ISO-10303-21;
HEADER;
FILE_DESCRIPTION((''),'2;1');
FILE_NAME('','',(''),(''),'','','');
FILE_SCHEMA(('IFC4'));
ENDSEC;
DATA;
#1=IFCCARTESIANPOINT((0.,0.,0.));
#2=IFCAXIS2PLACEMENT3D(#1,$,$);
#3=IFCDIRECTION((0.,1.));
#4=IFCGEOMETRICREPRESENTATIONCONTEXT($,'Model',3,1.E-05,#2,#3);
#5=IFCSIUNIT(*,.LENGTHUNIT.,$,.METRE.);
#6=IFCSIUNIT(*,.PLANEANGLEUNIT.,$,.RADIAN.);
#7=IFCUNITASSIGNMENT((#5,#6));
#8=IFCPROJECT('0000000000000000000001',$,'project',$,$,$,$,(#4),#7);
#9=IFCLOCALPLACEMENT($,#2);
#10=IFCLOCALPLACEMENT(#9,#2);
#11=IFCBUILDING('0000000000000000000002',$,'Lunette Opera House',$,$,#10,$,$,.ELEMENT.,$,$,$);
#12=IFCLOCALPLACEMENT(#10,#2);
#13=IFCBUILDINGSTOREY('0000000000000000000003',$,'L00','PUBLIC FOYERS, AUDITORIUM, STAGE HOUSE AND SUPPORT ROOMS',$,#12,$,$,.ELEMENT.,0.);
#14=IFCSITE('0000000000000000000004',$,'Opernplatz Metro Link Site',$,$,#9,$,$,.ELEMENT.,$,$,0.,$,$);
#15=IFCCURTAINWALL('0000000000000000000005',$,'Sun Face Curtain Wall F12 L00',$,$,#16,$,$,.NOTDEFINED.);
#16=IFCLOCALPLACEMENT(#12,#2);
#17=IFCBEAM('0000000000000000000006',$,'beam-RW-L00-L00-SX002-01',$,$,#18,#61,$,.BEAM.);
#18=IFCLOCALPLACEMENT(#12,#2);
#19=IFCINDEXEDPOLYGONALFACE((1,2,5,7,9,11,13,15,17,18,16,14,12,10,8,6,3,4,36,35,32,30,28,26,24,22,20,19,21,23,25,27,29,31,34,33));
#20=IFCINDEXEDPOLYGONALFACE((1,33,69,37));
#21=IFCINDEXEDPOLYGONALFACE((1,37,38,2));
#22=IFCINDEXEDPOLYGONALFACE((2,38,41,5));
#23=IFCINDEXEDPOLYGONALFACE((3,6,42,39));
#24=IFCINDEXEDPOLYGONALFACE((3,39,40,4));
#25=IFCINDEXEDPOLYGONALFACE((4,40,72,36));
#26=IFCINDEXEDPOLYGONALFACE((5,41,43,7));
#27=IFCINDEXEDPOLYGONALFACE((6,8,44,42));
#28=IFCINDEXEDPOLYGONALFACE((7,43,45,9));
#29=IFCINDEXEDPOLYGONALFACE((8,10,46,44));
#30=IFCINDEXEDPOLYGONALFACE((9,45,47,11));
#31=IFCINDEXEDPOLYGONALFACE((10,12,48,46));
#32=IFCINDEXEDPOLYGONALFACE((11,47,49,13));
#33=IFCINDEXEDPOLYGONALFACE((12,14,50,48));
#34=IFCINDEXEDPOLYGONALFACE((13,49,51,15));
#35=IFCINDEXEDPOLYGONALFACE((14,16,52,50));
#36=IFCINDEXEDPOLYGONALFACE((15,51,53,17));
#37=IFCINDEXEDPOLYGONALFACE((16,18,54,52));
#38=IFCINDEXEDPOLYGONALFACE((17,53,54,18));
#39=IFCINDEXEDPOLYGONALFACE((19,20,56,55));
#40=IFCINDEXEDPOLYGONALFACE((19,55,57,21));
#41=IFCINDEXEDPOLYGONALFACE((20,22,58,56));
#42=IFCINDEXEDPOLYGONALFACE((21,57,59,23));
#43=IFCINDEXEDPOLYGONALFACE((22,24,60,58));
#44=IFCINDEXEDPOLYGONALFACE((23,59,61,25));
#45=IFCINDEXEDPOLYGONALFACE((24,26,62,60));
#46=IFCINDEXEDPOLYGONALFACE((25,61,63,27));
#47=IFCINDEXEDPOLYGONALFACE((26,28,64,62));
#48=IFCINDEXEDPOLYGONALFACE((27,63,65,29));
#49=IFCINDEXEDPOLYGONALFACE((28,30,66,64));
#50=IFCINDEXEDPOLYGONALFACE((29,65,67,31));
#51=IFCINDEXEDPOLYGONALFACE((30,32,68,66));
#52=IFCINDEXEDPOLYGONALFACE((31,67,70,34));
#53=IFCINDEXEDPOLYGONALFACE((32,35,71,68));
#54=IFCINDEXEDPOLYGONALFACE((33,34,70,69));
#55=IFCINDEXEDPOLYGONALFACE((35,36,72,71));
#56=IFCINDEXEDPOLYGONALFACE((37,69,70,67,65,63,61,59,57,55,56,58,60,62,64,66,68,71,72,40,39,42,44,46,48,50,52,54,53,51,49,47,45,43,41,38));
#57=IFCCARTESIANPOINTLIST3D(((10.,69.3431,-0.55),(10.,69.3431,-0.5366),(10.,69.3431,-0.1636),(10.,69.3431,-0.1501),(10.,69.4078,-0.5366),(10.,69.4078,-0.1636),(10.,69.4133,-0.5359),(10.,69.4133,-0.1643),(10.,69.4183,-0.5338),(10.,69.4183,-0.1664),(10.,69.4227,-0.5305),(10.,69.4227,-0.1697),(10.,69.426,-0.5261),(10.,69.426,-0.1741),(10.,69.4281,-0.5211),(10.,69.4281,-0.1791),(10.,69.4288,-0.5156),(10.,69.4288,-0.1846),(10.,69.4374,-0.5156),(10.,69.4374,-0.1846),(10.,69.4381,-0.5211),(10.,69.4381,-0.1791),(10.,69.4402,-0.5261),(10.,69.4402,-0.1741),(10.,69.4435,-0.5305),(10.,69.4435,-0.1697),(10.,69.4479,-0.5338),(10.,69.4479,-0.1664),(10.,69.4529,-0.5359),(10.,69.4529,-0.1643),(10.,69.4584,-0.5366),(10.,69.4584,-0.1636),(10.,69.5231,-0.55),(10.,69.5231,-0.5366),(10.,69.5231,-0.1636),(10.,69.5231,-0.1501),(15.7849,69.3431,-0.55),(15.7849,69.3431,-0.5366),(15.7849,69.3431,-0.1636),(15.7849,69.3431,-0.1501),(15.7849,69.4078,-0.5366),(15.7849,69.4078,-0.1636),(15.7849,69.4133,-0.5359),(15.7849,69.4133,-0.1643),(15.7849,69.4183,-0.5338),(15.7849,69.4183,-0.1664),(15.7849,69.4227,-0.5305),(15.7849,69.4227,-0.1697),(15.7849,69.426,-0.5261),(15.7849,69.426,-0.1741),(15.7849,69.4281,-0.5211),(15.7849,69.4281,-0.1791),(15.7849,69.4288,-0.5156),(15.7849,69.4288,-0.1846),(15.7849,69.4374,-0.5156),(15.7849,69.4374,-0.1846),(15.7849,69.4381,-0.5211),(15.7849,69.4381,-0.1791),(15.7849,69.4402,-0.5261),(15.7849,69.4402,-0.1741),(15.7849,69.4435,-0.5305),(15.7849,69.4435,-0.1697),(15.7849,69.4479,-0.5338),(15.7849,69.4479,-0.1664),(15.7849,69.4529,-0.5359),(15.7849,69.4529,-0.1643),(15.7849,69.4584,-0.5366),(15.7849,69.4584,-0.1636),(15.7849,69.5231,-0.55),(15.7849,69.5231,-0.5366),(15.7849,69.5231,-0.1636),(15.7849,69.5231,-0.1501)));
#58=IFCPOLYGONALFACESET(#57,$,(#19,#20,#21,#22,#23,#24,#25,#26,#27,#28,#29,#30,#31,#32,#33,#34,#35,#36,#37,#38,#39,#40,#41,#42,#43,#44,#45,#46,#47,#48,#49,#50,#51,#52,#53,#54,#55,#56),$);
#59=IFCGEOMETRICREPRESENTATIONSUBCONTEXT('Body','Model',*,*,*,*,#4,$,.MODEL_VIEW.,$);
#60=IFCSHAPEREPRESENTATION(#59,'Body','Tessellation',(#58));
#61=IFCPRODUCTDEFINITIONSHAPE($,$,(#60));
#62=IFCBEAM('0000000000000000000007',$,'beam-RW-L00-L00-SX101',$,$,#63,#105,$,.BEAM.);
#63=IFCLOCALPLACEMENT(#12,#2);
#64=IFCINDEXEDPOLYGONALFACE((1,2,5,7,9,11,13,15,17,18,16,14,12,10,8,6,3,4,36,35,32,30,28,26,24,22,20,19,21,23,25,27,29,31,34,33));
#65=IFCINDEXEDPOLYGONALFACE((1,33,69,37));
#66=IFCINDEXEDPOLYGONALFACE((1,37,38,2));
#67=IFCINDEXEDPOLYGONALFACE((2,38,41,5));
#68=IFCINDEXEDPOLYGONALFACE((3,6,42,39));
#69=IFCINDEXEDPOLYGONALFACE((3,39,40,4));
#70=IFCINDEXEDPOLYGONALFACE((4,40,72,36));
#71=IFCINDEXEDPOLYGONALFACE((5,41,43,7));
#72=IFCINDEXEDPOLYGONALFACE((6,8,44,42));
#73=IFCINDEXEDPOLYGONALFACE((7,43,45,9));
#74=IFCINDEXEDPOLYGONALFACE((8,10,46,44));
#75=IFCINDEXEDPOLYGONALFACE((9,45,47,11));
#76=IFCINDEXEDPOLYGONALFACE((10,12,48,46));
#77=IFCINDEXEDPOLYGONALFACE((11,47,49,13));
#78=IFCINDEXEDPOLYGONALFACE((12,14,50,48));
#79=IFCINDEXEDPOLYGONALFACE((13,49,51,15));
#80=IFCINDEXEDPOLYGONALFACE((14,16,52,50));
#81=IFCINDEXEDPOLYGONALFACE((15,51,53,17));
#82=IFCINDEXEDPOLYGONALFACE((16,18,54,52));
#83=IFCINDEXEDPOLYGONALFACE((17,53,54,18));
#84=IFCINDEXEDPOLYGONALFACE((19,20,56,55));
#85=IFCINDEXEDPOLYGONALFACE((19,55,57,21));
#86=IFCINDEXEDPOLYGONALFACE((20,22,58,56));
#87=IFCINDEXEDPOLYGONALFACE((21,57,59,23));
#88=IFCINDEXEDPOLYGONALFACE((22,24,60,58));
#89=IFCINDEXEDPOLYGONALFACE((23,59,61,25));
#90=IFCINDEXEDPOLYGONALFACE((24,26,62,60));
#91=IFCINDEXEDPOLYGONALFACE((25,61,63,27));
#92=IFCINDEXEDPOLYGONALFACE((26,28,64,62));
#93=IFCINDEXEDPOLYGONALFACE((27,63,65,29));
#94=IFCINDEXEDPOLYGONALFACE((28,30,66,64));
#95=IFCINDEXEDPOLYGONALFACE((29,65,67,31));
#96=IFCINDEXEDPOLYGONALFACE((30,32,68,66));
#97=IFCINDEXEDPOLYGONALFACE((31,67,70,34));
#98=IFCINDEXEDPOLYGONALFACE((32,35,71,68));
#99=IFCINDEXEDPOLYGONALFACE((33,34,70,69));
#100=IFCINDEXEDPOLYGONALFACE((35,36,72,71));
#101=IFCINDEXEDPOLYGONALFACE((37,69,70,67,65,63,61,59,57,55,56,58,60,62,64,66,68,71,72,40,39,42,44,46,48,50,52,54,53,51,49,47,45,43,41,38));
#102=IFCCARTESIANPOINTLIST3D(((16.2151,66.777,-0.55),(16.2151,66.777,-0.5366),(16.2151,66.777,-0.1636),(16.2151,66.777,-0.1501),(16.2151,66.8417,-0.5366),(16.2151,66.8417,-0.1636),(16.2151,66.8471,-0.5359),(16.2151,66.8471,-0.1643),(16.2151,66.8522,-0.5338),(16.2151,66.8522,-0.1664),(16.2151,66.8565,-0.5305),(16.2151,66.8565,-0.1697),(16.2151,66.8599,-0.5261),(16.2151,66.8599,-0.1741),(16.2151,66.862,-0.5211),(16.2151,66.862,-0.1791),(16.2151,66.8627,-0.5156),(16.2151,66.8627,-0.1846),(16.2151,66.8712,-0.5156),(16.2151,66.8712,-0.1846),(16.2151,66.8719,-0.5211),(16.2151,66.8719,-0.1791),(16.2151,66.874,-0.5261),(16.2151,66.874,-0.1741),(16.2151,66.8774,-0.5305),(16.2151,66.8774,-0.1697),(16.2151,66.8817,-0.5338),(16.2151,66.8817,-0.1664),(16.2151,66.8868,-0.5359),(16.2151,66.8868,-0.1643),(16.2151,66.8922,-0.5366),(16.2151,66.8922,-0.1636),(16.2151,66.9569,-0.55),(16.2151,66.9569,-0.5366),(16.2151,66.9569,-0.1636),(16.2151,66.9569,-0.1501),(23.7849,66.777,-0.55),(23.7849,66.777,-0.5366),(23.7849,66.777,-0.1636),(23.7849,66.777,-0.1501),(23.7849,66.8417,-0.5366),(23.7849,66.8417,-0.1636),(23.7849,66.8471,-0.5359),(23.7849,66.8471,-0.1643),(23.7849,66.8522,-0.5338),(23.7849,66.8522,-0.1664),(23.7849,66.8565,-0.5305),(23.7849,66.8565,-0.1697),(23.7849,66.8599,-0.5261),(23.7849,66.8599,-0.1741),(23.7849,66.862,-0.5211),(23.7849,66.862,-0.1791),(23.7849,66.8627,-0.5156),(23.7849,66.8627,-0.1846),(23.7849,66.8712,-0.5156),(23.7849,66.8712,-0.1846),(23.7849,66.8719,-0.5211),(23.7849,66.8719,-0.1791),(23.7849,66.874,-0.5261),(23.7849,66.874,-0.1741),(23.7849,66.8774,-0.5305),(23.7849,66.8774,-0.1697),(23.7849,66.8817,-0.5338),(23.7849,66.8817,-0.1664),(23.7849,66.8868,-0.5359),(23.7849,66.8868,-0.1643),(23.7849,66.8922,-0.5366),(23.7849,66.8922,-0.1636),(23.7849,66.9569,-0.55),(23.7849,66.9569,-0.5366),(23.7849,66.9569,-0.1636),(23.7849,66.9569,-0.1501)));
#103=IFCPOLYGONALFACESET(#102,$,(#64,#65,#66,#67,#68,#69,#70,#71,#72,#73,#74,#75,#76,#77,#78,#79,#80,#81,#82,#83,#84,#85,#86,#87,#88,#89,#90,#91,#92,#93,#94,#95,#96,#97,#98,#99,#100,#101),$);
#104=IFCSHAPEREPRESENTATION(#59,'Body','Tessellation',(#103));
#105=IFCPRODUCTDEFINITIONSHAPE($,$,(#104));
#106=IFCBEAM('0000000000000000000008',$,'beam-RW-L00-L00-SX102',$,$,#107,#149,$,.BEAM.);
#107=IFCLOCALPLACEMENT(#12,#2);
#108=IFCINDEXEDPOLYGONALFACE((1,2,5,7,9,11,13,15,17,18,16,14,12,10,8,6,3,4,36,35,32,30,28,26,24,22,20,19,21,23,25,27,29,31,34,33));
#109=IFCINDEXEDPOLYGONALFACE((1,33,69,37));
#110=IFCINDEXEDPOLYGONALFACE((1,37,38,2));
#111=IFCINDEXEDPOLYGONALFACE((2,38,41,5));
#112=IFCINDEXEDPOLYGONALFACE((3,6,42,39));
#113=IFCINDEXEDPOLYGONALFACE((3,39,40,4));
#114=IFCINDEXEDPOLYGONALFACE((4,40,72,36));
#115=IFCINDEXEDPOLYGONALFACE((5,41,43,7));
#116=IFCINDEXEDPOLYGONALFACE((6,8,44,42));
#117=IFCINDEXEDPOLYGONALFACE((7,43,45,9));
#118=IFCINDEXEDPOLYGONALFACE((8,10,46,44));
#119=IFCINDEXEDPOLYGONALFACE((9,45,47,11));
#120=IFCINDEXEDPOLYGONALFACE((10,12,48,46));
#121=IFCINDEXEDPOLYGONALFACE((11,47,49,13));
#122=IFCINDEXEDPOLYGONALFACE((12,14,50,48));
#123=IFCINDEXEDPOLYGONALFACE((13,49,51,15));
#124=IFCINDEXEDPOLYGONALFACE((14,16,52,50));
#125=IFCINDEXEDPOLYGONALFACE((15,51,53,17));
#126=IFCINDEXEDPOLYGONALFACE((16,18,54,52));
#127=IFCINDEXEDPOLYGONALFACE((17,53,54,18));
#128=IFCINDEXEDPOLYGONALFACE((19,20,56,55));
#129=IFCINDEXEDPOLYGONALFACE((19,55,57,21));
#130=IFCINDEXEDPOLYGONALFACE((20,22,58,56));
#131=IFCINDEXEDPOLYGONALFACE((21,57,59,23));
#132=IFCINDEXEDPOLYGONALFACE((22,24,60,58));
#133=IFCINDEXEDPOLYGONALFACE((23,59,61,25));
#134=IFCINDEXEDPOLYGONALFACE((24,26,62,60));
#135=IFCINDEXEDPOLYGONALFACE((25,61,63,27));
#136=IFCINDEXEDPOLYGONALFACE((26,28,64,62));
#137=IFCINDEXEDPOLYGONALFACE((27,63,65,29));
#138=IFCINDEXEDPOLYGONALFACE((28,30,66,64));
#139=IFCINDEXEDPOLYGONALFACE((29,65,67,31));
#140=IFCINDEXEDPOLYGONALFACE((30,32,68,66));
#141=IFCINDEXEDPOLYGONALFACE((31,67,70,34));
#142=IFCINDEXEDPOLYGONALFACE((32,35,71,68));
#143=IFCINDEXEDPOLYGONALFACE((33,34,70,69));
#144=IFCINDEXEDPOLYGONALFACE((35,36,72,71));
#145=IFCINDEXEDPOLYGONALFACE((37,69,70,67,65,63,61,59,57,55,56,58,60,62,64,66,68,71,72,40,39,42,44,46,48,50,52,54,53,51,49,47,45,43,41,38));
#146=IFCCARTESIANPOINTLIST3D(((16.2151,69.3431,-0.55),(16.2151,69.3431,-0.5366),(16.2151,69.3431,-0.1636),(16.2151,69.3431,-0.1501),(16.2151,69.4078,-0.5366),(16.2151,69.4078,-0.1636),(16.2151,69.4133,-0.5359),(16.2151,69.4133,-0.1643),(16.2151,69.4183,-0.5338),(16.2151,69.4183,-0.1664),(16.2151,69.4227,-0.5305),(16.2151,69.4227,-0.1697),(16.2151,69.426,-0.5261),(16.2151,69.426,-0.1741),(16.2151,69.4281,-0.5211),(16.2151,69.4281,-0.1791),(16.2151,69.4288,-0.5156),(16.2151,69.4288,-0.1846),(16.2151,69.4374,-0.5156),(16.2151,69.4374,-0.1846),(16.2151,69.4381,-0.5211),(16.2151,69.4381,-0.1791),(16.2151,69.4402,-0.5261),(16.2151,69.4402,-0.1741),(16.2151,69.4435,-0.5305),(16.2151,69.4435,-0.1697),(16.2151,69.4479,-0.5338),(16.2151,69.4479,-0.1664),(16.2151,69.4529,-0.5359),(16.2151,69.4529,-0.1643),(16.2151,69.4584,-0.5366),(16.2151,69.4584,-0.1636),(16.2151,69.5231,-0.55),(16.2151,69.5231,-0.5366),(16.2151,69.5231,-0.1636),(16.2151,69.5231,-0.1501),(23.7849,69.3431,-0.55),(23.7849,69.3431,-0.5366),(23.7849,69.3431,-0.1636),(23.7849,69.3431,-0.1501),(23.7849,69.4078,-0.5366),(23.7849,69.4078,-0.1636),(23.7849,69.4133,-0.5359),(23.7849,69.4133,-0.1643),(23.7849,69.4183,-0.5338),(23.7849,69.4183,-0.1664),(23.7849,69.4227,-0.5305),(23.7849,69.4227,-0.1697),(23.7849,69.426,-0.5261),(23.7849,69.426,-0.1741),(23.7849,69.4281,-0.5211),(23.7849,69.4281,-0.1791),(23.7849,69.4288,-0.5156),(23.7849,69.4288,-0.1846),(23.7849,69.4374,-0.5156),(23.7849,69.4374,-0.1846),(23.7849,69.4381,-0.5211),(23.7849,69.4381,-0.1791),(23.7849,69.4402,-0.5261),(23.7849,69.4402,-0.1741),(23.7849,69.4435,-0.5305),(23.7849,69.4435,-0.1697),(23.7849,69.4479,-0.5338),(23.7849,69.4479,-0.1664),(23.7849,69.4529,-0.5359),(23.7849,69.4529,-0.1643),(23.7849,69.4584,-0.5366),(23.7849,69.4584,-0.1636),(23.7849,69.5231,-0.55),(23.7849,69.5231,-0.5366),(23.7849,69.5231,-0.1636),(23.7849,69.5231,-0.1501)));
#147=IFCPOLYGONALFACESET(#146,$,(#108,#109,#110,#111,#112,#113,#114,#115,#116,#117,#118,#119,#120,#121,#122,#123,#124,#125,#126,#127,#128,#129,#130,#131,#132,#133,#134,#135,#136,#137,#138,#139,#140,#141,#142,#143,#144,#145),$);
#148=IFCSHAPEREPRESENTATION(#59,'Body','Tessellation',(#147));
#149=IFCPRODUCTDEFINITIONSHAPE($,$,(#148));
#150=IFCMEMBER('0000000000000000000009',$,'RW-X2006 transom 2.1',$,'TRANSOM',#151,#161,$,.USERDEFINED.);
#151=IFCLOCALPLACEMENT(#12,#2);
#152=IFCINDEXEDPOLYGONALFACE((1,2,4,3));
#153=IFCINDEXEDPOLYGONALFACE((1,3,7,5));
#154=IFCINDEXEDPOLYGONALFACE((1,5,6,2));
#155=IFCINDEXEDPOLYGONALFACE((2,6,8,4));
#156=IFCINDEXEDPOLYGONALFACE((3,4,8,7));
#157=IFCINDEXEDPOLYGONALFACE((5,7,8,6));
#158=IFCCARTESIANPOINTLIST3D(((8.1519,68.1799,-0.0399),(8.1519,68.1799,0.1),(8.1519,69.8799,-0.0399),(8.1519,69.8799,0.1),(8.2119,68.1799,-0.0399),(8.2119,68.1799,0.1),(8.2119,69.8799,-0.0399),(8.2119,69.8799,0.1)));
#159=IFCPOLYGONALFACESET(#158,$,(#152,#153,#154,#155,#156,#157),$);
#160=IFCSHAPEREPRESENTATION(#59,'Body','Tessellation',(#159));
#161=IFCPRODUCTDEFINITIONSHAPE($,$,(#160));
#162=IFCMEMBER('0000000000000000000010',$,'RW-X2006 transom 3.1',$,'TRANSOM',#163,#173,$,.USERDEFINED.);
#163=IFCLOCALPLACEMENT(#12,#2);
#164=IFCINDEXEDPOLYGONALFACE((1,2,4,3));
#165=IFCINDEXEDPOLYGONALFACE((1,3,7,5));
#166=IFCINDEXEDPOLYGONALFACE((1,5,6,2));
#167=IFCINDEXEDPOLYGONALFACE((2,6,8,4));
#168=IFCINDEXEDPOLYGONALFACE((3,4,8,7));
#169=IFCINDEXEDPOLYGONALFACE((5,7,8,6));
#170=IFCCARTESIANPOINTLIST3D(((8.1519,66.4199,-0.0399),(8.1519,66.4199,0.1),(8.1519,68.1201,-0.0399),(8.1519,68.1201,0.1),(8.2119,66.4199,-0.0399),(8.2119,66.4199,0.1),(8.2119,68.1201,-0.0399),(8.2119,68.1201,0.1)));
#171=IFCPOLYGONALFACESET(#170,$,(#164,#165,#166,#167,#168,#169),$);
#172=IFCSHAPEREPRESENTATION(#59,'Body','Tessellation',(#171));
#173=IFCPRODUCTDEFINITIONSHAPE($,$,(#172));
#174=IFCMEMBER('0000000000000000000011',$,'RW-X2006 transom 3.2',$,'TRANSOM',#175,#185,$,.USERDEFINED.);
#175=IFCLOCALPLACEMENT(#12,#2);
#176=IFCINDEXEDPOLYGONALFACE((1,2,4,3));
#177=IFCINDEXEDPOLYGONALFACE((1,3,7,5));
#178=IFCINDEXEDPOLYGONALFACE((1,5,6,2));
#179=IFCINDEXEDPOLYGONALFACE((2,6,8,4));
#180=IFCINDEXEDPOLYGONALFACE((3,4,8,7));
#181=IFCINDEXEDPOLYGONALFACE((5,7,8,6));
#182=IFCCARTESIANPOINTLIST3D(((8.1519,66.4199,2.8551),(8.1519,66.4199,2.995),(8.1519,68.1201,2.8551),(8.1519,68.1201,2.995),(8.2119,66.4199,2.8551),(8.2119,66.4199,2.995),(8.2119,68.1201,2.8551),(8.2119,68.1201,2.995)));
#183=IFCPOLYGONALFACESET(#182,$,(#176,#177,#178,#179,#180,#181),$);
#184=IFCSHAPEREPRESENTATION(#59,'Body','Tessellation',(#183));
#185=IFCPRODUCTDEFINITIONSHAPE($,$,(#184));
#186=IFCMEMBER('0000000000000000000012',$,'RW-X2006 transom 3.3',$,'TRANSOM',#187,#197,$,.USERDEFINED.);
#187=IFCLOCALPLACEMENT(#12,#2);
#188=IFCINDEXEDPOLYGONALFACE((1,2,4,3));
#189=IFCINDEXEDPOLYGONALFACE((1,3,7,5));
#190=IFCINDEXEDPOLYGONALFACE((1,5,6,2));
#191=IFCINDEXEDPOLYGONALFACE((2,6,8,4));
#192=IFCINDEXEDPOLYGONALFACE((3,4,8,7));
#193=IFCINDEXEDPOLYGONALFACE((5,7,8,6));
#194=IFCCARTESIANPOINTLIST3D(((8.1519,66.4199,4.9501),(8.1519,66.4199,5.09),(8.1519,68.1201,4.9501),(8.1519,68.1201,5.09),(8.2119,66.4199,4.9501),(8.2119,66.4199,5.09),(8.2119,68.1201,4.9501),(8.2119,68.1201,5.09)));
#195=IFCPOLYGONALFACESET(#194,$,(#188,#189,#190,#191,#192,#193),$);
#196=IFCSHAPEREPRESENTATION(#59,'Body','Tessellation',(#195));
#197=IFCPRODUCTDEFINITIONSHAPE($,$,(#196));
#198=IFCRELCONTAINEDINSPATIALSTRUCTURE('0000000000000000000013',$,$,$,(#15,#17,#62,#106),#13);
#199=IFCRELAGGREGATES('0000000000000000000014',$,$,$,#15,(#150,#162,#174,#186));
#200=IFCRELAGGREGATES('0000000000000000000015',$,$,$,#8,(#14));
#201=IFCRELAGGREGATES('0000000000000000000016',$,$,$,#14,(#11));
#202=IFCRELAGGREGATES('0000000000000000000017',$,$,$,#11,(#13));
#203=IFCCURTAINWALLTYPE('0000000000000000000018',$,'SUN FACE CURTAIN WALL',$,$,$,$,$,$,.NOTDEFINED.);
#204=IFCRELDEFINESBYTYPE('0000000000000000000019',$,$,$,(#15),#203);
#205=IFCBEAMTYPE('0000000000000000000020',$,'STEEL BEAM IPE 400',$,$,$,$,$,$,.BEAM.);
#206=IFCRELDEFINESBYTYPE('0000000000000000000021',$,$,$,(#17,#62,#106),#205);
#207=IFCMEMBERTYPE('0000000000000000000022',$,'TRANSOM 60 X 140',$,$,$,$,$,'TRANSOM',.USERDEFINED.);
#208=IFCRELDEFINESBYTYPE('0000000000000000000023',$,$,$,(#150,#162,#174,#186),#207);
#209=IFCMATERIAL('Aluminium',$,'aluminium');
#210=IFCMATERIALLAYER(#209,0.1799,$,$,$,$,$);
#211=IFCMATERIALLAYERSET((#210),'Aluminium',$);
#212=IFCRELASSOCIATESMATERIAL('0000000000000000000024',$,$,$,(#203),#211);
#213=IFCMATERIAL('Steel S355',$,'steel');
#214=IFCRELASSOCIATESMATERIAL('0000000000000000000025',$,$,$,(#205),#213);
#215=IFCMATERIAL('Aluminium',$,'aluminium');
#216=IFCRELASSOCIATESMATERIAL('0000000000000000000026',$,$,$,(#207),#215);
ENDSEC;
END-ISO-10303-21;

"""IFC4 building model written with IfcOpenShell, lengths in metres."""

from ifc_helpers import new_model, si_unit, direction, frame, origin, origin_2d, place, context, subcontext, project, spatial, rectangle, i_section, extrude, material, layer, layer_set, material_profile, profile_set, type_object, element, aggregate, save


model = new_model("IFC4")

# Units and contexts
model_context = context("Model", 3, precision=1e-05, world=origin(), true_north=direction((0.0, 1.0)))
body_context = subcontext(model_context, "Body", "Model", "MODEL_VIEW")
ifc_project = project(units=[si_unit("LENGTHUNIT", "METRE"), si_unit("PLANEANGLEUNIT", "RADIAN")], contexts=[model_context])

# Site, building, storey
site_placement = place(None, origin())
site = spatial("IfcSite", under=ifc_project, at=site_placement, Name="Opernplatz Metro Link Site", CompositionType="ELEMENT", RefElevation=0.0)
building_placement = place(site_placement, origin())
building = spatial("IfcBuilding", under=site, at=building_placement, Name="Lunette Opera House", CompositionType="ELEMENT")
storey_placement = place(building_placement, origin())
storey = spatial("IfcBuildingStorey", under=building, at=storey_placement, Name="L00", Description="PUBLIC FOYERS, AUDITORIUM, STAGE HOUSE AND SUPPORT ROOMS", CompositionType="ELEMENT", Elevation=0.0)

# Curtain wall
ifc_material_1 = material(Name="Aluminium", Category="aluminium")
ifc_layer_1 = layer(ifc_material_1, 0.1799)
ifc_layer_set_1 = layer_set([ifc_layer_1], Name="Aluminium")
curtain_wall_type = type_object("IfcCurtainWallType", Name="SUN FACE CURTAIN WALL", PredefinedType="NOTDEFINED", material=ifc_layer_set_1)
curtain_wall_placement = place(storey_placement, origin())
curtain_wall = element("IfcCurtainWall", 1, at=curtain_wall_placement, inside=storey, type_object=curtain_wall_type, Name="Sun Face Curtain Wall F12 L00", PredefinedType="NOTDEFINED")

# Beams
ifc_material_2 = material(Name="Steel S355", Category="steel")
ifc_material_profile_1 = material_profile(ifc_material_2, i_section(OverallWidth=0.1799, OverallDepth=0.3999, WebThickness=0.0085, FlangeThickness=0.0134, FilletRadius=0.021, at=origin_2d()), Name="IPE 400")
ifc_profile_set_1 = profile_set([ifc_material_profile_1], Name="Steel S355")
beam_type_1 = type_object("IfcBeamType", Name="STEEL BEAM IPE 400", PredefinedType="BEAM", material=ifc_profile_set_1)
for number, where, z_axis, x_axis, name in (
    (2, (10.0, 69.4331, -0.3501), (1.0, 0.0, 0.0), (0.0, 1.0, 0.0), "beam-RW-L00-L00-SX002-01"),
):
    element("IfcBeam", number, at=place(storey_placement, frame(where, z_axis=z_axis, x_axis=x_axis)), inside=storey, type_object=beam_type_1, Name=name, PredefinedType="BEAM", context=body_context, shape_type="SweptSolid", body=[
        extrude(i_section(OverallWidth=0.1799, OverallDepth=0.3999, WebThickness=0.0085, FlangeThickness=0.0134, FilletRadius=0.021, at=origin_2d()), origin(), (0.0, 0.0, 1.0), 5.7849),
    ])
for number, where, z_axis, x_axis, name in (
    (3, (16.2151, 66.8669, -0.3501), (1.0, 0.0, 0.0), (0.0, 1.0, 0.0), "beam-RW-L00-L00-SX101"),
    (4, (16.2151, 69.4331, -0.3501), (1.0, 0.0, 0.0), (0.0, 1.0, 0.0), "beam-RW-L00-L00-SX102"),
):
    element("IfcBeam", number, at=place(storey_placement, frame(where, z_axis=z_axis, x_axis=x_axis)), inside=storey, type_object=beam_type_1, Name=name, PredefinedType="BEAM", context=body_context, shape_type="SweptSolid", body=[
        extrude(i_section(OverallWidth=0.1799, OverallDepth=0.3999, WebThickness=0.0085, FlangeThickness=0.0134, FilletRadius=0.021, at=origin_2d()), origin(), (0.0, 0.0, 1.0), 7.5698),
    ])

# Members
ifc_material_3 = material(Name="Aluminium", Category="aluminium")
ifc_material_profile_2 = material_profile(ifc_material_3, rectangle(XDim=0.0601, YDim=0.1399, at=origin_2d()), Name="TRANSOM 60 X 140")
ifc_profile_set_2 = profile_set([ifc_material_profile_2], Name="Aluminium")
member_type_1 = type_object("IfcMemberType", Name="TRANSOM 60 X 140", ElementType="TRANSOM", PredefinedType="USERDEFINED", material=ifc_profile_set_2)
member_1_placement = place(storey_placement, frame((8.1819, 69.8799, 0.03), z_axis=(0.0, -1.0, 0.0), x_axis=(1.0, 0.0, 0.0)))
member_1 = element("IfcMember", 5, at=member_1_placement, type_object=member_type_1, Name="RW-X2006 transom 2.1", ObjectType="TRANSOM", PredefinedType="USERDEFINED", context=body_context, shape_type="SweptSolid", body=[
    extrude(rectangle(XDim=0.0601, YDim=0.1399, at=origin_2d()), origin(), (0.0, 0.0, 1.0), 1.7),
])
member_2_placement = place(storey_placement, frame((8.1819, 68.1201, 0.03), z_axis=(0.0, -1.0, 0.0), x_axis=(1.0, 0.0, 0.0)))
member_2 = element("IfcMember", 6, at=member_2_placement, type_object=member_type_1, Name="RW-X2006 transom 3.1", ObjectType="TRANSOM", PredefinedType="USERDEFINED", context=body_context, shape_type="SweptSolid", body=[
    extrude(rectangle(XDim=0.0601, YDim=0.1399, at=origin_2d()), origin(), (0.0, 0.0, 1.0), 1.7002),
])
member_3_placement = place(storey_placement, frame((8.1819, 68.1201, 2.925), z_axis=(0.0, -1.0, 0.0), x_axis=(1.0, 0.0, 0.0)))
member_3 = element("IfcMember", 7, at=member_3_placement, type_object=member_type_1, Name="RW-X2006 transom 3.2", ObjectType="TRANSOM", PredefinedType="USERDEFINED", context=body_context, shape_type="SweptSolid", body=[
    extrude(rectangle(XDim=0.0601, YDim=0.1399, at=origin_2d()), origin(), (0.0, 0.0, 1.0), 1.7002),
])
member_4_placement = place(storey_placement, frame((8.1819, 68.1201, 5.02), z_axis=(0.0, -1.0, 0.0), x_axis=(1.0, 0.0, 0.0)))
member_4 = element("IfcMember", 8, at=member_4_placement, type_object=member_type_1, Name="RW-X2006 transom 3.3", ObjectType="TRANSOM", PredefinedType="USERDEFINED", context=body_context, shape_type="SweptSolid", body=[
    extrude(rectangle(XDim=0.0601, YDim=0.1399, at=origin_2d()), origin(), (0.0, 0.0, 1.0), 1.7002),
])

aggregate(curtain_wall, [member_1, member_2, member_3, member_4])

save(model, "model.ifc")
